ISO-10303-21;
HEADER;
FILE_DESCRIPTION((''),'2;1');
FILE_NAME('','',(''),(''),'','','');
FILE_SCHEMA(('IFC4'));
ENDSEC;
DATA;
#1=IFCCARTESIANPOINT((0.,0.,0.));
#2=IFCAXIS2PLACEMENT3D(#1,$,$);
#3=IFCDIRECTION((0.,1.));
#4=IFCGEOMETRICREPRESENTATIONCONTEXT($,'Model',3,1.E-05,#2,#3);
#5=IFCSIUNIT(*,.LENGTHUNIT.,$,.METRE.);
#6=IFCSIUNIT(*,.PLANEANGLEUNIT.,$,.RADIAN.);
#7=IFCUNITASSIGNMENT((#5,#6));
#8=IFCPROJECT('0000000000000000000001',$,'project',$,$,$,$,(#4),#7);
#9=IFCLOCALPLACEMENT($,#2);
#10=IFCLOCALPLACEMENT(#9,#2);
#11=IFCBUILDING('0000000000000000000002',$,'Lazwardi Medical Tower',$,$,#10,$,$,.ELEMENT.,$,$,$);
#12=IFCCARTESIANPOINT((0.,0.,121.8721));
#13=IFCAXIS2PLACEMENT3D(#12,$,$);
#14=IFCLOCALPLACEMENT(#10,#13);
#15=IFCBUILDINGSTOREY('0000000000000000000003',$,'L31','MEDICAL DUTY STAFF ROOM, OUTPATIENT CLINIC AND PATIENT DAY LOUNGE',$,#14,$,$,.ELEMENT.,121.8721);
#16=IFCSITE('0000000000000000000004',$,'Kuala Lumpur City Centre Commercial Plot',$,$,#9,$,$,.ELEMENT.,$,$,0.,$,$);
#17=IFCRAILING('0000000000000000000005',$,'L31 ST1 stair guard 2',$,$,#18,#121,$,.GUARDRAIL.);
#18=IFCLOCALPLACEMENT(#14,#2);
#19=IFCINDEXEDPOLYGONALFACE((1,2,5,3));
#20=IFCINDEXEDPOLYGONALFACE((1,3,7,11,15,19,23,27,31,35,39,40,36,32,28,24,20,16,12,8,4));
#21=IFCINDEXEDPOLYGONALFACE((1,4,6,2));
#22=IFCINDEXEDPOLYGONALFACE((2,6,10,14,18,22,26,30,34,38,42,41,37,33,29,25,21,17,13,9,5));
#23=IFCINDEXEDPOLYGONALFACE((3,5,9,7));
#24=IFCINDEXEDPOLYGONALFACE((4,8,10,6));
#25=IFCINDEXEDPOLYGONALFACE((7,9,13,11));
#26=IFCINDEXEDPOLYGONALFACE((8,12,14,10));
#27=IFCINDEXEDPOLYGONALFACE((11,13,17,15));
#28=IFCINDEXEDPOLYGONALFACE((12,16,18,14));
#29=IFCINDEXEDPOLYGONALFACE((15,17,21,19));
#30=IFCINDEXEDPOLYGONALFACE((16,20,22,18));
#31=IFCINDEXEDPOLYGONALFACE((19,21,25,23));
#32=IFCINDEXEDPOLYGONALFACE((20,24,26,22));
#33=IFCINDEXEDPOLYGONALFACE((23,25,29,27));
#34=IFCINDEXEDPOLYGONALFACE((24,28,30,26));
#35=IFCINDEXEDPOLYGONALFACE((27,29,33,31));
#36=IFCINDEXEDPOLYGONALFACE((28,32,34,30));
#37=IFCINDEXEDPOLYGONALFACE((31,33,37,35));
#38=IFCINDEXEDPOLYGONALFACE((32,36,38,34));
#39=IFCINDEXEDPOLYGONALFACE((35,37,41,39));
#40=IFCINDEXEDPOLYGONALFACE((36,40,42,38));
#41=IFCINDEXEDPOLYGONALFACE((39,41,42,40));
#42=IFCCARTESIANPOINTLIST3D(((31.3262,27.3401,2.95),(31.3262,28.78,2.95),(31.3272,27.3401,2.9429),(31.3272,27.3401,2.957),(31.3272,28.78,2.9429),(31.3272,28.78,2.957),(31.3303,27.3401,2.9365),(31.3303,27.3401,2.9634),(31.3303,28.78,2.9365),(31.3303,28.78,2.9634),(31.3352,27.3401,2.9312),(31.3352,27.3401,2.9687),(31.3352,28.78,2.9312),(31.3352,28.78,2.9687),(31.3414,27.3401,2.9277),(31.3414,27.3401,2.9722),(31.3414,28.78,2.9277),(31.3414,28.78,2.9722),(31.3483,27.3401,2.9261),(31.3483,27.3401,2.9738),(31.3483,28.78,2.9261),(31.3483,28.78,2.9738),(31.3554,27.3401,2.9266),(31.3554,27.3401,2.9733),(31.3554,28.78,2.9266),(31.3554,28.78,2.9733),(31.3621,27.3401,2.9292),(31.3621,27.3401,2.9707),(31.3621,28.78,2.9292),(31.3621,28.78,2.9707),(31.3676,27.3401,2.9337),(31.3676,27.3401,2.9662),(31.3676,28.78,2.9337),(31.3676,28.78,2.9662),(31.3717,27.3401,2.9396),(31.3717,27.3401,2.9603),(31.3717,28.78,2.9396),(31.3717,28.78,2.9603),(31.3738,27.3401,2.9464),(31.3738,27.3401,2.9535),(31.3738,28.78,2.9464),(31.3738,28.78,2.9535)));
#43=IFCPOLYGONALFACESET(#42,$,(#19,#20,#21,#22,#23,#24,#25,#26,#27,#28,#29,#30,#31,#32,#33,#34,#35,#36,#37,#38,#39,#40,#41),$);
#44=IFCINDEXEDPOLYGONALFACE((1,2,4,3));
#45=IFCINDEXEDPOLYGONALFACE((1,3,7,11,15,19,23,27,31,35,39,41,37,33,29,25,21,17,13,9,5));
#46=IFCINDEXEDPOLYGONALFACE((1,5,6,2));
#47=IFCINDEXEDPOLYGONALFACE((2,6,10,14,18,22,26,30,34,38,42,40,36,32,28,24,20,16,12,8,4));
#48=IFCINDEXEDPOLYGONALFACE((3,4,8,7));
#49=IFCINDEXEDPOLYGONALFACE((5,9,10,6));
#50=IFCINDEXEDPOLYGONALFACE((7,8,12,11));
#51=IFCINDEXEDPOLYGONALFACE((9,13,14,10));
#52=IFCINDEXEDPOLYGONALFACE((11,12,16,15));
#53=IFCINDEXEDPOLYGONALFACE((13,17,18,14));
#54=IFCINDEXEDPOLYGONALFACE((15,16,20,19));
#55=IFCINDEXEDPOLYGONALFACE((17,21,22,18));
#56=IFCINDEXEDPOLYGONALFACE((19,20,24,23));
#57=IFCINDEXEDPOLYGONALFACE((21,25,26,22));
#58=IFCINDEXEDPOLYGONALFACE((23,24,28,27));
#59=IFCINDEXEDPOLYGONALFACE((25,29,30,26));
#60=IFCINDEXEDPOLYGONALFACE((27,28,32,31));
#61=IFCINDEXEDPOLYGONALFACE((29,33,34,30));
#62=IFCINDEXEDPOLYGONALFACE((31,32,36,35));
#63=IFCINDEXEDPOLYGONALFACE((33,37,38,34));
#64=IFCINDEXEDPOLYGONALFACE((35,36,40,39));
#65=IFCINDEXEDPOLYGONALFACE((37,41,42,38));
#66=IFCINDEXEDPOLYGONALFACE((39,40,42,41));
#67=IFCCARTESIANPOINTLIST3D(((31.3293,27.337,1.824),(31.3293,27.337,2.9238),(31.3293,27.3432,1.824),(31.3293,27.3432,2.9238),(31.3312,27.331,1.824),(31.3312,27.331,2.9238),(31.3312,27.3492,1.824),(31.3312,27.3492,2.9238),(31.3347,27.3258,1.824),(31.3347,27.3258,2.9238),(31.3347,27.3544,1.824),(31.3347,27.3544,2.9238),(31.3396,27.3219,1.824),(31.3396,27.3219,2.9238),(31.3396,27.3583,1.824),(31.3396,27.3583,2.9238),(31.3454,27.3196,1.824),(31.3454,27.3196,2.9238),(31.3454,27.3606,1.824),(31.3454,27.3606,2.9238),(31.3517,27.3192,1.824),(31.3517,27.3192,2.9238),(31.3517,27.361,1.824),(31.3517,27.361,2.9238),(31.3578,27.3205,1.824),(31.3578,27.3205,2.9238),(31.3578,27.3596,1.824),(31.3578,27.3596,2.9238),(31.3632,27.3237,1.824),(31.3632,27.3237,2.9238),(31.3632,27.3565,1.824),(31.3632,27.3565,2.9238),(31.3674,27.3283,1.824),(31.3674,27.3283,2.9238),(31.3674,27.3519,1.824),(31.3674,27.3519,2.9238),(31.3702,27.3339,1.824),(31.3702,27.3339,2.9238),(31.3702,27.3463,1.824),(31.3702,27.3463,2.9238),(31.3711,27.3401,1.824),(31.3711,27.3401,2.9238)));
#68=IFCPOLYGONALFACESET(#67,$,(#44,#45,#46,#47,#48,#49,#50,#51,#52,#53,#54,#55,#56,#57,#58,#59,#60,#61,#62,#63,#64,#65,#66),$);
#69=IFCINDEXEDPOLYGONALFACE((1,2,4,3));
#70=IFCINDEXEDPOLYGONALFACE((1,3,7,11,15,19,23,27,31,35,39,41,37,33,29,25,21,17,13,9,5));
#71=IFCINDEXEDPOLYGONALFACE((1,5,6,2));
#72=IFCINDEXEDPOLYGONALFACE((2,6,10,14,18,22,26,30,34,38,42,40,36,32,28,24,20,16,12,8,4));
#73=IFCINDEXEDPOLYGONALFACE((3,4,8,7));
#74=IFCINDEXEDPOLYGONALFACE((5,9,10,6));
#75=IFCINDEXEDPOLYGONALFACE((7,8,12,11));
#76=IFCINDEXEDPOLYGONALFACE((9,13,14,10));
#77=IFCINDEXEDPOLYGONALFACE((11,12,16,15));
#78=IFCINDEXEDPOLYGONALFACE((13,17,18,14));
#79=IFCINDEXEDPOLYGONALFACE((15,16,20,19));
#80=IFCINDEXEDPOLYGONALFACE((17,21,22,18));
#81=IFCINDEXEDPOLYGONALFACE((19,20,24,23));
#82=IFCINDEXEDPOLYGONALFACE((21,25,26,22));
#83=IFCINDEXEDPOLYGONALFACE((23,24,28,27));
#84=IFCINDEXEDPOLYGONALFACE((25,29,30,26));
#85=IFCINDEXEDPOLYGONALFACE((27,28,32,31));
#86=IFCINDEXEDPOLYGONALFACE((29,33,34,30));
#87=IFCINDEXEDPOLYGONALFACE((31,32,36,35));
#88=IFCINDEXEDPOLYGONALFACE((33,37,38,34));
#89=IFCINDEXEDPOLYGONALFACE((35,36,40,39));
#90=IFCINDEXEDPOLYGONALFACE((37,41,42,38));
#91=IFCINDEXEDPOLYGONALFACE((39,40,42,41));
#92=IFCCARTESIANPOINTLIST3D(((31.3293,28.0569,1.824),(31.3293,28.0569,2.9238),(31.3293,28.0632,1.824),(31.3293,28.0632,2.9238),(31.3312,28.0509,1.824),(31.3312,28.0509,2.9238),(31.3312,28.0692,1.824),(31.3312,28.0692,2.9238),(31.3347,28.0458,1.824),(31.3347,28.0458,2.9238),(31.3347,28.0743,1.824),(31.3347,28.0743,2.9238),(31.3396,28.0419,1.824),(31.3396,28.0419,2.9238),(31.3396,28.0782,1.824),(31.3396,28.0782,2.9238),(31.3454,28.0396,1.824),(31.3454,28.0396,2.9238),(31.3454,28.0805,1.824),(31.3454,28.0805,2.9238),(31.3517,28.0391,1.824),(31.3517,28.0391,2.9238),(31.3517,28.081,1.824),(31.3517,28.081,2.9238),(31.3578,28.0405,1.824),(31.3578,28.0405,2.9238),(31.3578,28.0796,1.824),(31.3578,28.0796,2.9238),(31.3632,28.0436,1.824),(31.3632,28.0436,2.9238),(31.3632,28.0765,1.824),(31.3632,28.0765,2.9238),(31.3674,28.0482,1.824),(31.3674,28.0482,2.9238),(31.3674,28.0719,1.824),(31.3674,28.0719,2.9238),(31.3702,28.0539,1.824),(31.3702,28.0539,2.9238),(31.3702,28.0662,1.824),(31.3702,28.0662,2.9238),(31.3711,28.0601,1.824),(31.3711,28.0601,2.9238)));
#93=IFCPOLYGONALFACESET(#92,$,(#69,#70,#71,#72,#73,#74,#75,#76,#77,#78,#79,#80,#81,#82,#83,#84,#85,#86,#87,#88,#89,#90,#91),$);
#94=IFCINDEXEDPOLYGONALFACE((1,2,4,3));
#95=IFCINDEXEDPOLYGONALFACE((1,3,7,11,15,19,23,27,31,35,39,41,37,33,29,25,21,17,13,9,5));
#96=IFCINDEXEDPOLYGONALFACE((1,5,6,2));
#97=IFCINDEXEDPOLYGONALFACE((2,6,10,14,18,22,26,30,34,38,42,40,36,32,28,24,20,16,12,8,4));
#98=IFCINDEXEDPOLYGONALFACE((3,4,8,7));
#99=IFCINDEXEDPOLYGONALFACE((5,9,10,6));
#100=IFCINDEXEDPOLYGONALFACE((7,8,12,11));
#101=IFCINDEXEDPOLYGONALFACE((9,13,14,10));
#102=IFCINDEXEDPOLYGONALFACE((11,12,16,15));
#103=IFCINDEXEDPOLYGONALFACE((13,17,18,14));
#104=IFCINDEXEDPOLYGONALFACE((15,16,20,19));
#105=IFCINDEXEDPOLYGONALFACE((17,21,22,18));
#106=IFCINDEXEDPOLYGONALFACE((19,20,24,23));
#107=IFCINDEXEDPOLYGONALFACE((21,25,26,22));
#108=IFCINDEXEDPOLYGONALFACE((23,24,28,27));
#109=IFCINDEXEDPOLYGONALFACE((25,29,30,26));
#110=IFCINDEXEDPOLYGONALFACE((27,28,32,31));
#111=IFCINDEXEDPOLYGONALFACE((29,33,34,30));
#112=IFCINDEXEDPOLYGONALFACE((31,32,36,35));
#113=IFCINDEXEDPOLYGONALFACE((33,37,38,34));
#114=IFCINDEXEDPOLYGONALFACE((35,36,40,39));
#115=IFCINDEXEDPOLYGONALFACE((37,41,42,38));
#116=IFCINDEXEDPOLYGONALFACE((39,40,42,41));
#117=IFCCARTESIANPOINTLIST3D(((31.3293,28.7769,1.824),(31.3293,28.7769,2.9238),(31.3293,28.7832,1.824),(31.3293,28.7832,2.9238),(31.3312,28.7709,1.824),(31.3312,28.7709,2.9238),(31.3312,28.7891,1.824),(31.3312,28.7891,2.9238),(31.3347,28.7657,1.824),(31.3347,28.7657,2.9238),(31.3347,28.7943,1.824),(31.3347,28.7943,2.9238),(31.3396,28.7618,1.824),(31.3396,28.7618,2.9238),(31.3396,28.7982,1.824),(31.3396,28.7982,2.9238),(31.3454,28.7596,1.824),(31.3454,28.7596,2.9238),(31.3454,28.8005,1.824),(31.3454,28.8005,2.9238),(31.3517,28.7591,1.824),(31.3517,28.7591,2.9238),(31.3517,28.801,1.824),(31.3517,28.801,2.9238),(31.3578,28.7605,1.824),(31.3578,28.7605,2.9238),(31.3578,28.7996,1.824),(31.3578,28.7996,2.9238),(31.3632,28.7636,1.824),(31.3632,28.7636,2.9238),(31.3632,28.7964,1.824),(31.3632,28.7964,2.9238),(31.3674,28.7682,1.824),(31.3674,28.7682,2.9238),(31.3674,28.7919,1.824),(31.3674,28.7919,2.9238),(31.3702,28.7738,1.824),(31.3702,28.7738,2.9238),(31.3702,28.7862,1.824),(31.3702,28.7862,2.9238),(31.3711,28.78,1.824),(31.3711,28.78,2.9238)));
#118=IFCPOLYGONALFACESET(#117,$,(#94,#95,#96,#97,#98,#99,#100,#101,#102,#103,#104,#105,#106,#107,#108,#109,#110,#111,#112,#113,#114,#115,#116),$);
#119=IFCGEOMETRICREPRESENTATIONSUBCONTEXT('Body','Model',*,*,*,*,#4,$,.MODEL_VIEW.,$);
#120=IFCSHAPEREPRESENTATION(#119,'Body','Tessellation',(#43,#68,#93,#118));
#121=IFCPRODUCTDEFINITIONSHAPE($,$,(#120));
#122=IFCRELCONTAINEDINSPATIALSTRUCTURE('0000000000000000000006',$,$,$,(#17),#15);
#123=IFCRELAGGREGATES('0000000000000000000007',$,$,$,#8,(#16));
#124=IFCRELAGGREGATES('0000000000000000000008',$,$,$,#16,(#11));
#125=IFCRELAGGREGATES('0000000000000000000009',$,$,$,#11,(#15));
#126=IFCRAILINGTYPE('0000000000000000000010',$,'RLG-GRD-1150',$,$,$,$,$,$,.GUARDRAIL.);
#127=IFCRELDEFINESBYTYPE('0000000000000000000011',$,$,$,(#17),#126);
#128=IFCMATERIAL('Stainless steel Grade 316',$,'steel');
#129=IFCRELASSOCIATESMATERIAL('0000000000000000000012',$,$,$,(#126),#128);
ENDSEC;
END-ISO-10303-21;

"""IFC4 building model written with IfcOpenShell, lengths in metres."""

from ifc_helpers import new_model, si_unit, direction, frame, origin, origin_2d, place, context, subcontext, project, spatial, circle, extrude, material, type_object, element, save


model = new_model("IFC4")

# Units and contexts
model_context = context("Model", 3, precision=1e-05, world=origin(), true_north=direction((0.0, 1.0)))
body_context = subcontext(model_context, "Body", "Model", "MODEL_VIEW")
ifc_project = project(units=[si_unit("LENGTHUNIT", "METRE"), si_unit("PLANEANGLEUNIT", "RADIAN")], contexts=[model_context])

# Site, building, storey
site_placement = place(None, origin())
site = spatial("IfcSite", under=ifc_project, at=site_placement, Name="Kuala Lumpur City Centre Commercial Plot", CompositionType="ELEMENT", RefElevation=0.0)
building_placement = place(site_placement, origin())
building = spatial("IfcBuilding", under=site, at=building_placement, Name="Lazwardi Medical Tower", CompositionType="ELEMENT")
storey_placement = place(building_placement, frame((0.0, 0.0, 121.8721)))
storey = spatial("IfcBuildingStorey", under=building, at=storey_placement, Name="L31", Description="MEDICAL DUTY STAFF ROOM, OUTPATIENT CLINIC AND PATIENT DAY LOUNGE", CompositionType="ELEMENT", Elevation=121.8721)

# Railing
ifc_material_1 = material(Name="Stainless steel Grade 316", Category="steel")
railing_type_1 = type_object("IfcRailingType", Name="RLG-GRD-1150", PredefinedType="GUARDRAIL", material=ifc_material_1)
railing_1_placement = place(storey_placement, frame((31.3501, 27.3401, 1.824)))
element("IfcRailing", 1, at=railing_1_placement, inside=storey, type_object=railing_type_1, Name="L31 ST1 stair guard 2", PredefinedType="GUARDRAIL", context=body_context, shape_type="SweptSolid", body=[
    extrude(circle(Radius=0.0239, at=origin_2d()), frame((0.0, 0.0, 1.126), z_axis=(0.0, 1.0, 0.0), x_axis=(-1.0, 0.0, 0.0)), (0.0, 0.0, 1.0), 1.4399),
    extrude(circle(Radius=0.021, at=origin_2d()), origin(), (0.0, 0.0, 1.0), 1.0999),
    extrude(circle(Radius=0.021, at=origin_2d()), frame((0.0, 0.72, 0.0)), (0.0, 0.0, 1.0), 1.0999),
    extrude(circle(Radius=0.021, at=origin_2d()), frame((0.0, 1.4399, 0.0)), (0.0, 0.0, 1.0), 1.0999),
])

save(model, "model.ifc")
